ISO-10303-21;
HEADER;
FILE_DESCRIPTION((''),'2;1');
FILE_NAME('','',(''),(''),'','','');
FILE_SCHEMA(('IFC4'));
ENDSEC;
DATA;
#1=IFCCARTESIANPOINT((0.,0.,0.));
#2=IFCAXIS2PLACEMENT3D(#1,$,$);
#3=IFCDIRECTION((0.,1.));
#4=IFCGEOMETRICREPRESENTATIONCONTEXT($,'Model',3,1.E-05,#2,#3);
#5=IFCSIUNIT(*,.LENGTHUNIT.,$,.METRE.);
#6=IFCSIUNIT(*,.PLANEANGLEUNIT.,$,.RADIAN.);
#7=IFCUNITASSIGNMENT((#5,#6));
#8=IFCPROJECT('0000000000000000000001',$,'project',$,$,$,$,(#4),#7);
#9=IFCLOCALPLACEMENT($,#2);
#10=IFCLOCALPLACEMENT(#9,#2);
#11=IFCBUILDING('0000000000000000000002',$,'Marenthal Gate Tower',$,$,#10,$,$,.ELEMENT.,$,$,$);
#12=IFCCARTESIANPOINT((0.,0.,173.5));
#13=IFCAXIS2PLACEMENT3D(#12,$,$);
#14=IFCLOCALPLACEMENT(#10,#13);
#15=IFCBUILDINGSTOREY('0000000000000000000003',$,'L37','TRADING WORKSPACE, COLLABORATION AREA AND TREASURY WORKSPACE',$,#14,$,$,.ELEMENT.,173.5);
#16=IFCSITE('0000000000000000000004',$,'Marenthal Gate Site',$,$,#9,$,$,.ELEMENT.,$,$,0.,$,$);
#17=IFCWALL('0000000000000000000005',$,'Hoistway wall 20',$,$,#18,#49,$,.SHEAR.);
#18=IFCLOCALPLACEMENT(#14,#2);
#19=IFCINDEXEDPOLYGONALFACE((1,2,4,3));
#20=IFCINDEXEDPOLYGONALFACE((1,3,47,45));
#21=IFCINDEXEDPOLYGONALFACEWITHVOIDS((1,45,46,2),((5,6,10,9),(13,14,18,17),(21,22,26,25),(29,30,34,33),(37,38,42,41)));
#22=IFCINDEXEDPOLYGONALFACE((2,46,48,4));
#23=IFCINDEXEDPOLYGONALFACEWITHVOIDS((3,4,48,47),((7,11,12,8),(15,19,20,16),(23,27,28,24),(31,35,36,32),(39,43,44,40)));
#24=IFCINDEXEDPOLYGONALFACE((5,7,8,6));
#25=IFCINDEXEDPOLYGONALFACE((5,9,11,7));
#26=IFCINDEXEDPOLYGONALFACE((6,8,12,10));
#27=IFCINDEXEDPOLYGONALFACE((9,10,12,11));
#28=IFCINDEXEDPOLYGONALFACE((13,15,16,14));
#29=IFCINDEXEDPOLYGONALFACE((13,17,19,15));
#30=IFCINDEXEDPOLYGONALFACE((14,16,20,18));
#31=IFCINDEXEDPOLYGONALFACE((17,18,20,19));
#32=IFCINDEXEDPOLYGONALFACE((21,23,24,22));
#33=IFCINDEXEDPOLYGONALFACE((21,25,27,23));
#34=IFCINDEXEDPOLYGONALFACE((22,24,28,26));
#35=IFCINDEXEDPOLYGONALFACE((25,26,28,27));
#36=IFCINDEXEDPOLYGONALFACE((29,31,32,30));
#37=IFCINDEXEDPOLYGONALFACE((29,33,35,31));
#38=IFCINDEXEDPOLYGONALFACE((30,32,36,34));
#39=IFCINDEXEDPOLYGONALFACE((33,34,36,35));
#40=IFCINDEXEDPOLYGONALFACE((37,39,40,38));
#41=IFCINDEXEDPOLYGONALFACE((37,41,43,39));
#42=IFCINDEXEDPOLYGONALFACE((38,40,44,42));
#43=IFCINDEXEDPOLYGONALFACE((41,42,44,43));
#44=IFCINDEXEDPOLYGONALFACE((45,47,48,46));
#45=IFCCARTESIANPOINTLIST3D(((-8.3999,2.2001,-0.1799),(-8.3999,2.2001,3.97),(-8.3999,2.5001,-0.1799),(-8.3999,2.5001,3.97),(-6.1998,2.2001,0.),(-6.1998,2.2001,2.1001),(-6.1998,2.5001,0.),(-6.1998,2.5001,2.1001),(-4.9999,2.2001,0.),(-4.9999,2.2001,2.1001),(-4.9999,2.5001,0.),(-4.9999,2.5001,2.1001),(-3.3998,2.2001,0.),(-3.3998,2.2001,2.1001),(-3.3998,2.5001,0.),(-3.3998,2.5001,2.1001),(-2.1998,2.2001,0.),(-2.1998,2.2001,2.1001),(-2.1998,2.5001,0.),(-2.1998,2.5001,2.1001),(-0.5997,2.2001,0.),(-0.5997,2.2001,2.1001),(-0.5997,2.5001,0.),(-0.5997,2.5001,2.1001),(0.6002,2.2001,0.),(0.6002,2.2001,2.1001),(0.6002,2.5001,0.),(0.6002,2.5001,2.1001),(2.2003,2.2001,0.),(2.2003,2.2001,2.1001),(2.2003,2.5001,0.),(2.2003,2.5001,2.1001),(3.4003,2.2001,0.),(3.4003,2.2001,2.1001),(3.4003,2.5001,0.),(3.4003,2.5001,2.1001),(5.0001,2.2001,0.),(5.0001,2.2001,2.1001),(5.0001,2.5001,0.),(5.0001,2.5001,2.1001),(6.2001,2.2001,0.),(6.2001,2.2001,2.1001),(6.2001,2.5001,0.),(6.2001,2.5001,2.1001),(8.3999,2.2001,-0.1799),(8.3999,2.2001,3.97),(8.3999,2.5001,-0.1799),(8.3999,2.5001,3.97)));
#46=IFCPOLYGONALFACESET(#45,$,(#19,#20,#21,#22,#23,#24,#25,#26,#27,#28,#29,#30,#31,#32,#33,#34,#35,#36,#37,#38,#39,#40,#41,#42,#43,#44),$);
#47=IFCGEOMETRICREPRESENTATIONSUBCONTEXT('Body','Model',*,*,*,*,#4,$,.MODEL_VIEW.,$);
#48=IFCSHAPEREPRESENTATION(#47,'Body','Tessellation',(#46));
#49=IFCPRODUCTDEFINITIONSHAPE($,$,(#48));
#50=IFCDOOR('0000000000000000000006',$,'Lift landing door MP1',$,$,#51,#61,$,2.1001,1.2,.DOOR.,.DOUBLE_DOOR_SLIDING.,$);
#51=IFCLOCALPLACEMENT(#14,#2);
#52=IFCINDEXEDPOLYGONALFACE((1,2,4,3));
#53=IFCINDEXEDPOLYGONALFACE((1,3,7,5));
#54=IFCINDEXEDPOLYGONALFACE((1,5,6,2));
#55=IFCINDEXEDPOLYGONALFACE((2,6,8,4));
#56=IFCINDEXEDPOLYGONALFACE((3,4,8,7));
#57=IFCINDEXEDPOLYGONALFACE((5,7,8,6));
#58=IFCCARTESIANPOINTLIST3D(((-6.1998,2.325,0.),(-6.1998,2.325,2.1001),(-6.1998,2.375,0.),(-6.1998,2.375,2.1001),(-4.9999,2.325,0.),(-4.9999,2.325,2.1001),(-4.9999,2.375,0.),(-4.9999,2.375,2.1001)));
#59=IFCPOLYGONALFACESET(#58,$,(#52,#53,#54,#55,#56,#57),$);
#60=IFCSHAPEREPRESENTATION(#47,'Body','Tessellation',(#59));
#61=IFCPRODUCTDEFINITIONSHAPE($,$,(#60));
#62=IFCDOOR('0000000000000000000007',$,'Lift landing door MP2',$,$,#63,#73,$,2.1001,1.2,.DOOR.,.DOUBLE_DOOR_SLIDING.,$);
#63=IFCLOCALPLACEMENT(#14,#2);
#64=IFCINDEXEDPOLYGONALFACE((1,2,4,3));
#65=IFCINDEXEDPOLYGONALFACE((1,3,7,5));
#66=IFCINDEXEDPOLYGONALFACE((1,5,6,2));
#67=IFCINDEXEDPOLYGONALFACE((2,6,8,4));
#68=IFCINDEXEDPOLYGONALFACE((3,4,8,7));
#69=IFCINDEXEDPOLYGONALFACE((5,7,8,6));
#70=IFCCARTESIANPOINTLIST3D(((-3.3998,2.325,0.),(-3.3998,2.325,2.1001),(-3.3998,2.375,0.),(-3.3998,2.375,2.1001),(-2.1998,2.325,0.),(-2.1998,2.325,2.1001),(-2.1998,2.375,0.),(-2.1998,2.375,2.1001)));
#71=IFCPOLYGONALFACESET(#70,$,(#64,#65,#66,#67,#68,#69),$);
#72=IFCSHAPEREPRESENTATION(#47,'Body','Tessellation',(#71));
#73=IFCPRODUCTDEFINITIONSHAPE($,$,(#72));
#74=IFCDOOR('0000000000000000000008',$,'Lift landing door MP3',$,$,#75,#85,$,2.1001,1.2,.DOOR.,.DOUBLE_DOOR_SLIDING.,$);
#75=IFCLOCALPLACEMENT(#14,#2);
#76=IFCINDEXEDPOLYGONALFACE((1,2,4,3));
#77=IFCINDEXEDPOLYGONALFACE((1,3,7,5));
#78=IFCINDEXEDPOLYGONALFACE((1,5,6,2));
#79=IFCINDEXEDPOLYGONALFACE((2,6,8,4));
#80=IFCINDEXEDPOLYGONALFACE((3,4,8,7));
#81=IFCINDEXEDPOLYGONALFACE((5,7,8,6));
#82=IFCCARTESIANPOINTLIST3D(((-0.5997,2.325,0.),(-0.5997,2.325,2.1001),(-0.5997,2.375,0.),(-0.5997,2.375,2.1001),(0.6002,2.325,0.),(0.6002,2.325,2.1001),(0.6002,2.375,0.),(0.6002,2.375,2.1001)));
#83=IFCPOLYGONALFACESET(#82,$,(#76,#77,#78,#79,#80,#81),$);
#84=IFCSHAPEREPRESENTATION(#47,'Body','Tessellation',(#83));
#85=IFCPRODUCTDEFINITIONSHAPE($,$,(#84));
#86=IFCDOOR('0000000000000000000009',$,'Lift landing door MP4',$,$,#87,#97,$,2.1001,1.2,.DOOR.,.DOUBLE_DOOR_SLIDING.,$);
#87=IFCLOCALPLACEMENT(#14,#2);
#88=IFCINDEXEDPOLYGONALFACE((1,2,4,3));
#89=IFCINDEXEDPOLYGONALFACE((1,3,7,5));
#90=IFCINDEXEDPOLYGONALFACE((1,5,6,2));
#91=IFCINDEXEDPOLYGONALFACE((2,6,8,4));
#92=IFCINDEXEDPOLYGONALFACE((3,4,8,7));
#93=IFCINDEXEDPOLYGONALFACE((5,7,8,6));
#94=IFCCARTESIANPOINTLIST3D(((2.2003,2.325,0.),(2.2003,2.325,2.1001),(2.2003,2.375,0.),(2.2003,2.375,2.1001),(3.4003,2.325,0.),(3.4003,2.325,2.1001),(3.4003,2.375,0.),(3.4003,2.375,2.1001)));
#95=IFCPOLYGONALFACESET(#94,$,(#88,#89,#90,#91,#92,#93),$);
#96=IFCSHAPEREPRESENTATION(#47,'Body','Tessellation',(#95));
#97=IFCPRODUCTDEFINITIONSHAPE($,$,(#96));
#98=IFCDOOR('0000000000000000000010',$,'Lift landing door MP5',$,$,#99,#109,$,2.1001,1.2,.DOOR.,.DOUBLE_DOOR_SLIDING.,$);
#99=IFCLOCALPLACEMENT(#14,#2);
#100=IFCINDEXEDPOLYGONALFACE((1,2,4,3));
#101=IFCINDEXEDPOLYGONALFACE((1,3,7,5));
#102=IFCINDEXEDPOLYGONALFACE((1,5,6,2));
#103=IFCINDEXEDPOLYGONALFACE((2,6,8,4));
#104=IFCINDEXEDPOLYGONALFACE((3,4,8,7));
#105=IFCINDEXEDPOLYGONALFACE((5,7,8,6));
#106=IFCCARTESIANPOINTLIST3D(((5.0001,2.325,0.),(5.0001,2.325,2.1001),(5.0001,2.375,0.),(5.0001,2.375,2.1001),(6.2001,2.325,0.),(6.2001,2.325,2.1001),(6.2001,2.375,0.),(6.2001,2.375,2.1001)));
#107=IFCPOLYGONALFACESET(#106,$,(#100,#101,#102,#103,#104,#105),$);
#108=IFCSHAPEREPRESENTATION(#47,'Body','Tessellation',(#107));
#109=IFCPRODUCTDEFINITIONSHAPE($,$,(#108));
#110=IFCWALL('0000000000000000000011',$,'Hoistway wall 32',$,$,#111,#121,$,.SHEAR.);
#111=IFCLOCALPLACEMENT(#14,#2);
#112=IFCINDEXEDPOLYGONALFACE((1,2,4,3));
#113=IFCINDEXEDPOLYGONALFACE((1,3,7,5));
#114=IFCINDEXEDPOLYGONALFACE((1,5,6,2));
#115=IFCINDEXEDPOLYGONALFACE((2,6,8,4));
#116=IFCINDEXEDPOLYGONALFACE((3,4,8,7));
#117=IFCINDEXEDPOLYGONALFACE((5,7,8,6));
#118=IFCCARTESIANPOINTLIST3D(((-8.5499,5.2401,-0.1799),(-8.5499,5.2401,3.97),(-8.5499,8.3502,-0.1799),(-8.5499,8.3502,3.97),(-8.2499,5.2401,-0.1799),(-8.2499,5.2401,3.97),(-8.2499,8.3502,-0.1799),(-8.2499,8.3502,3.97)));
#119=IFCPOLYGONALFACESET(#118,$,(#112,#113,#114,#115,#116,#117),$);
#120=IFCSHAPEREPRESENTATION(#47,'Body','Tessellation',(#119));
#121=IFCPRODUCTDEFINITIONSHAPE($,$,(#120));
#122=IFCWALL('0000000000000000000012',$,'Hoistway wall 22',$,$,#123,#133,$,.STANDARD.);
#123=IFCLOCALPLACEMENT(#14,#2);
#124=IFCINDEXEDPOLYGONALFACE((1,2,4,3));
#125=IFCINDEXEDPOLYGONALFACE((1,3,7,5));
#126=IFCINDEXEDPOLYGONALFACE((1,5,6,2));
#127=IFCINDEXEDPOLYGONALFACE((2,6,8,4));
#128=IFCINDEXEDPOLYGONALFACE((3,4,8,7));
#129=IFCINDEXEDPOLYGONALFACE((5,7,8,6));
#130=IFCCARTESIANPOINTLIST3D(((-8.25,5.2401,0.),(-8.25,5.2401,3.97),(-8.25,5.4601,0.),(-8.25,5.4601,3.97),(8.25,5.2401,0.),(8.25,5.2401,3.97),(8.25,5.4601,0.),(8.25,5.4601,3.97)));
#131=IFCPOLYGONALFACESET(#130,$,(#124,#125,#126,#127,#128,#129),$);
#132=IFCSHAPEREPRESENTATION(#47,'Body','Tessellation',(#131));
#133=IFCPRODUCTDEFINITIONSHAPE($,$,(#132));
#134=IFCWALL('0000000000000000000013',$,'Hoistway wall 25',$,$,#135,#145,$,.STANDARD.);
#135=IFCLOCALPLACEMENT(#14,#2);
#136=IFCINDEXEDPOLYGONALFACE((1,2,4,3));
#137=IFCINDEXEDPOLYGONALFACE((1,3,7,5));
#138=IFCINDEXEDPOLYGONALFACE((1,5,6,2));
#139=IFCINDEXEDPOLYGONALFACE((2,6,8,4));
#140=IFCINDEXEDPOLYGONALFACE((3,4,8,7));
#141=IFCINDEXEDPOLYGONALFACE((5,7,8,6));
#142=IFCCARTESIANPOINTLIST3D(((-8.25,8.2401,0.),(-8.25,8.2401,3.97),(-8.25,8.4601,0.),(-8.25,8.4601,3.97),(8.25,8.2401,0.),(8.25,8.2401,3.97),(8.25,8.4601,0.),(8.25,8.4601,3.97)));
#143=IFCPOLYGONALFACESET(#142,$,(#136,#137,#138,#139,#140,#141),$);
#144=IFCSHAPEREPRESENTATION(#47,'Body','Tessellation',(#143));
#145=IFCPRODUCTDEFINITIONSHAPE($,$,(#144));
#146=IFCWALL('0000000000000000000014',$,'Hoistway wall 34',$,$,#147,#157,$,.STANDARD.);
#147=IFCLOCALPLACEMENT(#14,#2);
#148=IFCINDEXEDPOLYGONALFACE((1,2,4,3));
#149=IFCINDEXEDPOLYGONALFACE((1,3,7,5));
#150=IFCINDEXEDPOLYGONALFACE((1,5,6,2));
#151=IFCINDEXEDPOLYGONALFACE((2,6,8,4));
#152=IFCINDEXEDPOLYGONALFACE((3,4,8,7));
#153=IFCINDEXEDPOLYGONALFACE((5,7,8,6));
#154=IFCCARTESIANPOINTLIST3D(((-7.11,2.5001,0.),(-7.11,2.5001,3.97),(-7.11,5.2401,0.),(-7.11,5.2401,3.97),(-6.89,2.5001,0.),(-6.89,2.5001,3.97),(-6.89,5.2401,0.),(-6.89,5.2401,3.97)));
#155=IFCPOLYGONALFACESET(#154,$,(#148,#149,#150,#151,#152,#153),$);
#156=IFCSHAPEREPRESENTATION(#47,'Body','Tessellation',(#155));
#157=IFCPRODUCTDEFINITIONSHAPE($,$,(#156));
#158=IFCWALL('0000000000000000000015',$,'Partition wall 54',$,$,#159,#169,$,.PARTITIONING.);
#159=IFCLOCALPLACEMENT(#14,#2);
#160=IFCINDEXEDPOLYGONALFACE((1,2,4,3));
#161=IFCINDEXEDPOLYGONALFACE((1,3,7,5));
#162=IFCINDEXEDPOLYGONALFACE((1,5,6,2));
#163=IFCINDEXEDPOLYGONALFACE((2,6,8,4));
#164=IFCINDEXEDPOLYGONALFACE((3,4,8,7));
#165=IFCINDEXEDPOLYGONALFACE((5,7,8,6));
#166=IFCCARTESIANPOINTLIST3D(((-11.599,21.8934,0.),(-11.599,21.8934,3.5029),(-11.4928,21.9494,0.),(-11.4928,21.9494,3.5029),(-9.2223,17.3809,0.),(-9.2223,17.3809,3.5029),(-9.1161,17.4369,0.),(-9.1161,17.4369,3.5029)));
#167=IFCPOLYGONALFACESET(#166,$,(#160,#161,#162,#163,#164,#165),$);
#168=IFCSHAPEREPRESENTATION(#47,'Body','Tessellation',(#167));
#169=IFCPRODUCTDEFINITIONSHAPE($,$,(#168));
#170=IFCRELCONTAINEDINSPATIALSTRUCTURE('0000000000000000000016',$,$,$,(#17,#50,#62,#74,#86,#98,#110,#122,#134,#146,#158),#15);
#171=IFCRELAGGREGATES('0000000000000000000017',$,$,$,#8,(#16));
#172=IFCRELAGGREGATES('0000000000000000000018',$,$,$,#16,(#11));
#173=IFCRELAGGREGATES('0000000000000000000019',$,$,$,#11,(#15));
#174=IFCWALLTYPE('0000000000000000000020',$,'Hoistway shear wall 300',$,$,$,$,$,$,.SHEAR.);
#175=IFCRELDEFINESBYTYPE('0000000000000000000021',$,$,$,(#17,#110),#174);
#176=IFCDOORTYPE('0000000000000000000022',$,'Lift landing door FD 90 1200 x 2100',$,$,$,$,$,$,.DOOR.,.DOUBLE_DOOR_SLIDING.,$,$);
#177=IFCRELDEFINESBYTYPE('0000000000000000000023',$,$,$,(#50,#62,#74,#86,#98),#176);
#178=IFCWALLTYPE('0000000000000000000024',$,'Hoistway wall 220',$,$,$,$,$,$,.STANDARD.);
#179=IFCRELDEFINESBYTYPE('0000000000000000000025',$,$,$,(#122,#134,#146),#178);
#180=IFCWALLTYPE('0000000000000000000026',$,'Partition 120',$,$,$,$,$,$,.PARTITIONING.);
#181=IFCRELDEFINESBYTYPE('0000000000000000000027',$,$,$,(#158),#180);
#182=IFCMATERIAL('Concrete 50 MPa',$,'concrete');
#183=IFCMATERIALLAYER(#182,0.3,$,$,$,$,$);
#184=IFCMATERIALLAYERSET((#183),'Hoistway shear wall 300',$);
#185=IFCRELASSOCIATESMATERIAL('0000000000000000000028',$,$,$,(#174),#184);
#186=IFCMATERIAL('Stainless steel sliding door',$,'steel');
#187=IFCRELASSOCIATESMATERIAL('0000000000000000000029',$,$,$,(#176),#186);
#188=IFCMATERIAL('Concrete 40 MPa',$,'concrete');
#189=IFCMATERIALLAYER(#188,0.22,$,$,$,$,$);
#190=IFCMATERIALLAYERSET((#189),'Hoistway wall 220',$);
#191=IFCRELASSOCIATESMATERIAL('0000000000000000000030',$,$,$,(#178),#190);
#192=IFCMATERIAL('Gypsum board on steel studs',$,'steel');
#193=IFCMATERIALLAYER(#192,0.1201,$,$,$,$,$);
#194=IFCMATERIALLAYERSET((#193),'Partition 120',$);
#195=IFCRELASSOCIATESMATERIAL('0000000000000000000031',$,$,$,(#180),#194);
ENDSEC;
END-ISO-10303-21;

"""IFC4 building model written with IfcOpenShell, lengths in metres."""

from ifc_helpers import new_model, si_unit, direction, frame, frame_2d, origin, place, context, subcontext, project, spatial, rectangle, extrude, material, layer, layer_set, type_object, element, fill, save


model = new_model("IFC4")

# Units and contexts
model_context = context("Model", 3, precision=1e-05, world=origin(), true_north=direction((0.0, 1.0)))
body_context = subcontext(model_context, "Body", "Model", "MODEL_VIEW")
ifc_project = project(units=[si_unit("LENGTHUNIT", "METRE"), si_unit("PLANEANGLEUNIT", "RADIAN")], contexts=[model_context])

# Site, building, storey
site_placement = place(None, origin())
site = spatial("IfcSite", under=ifc_project, at=site_placement, Name="Marenthal Gate Site", CompositionType="ELEMENT", RefElevation=0.0)
building_placement = place(site_placement, origin())
building = spatial("IfcBuilding", under=site, at=building_placement, Name="Marenthal Gate Tower", CompositionType="ELEMENT")
storey_placement = place(building_placement, frame((0.0, 0.0, 173.5)))
storey = spatial("IfcBuildingStorey", under=building, at=storey_placement, Name="L37", Description="TRADING WORKSPACE, COLLABORATION AREA AND TREASURY WORKSPACE", CompositionType="ELEMENT", Elevation=173.5)

# Wall, openings, doors
ifc_material_1 = material(Name="Concrete 50 MPa", Category="concrete")
ifc_layer_1 = layer(ifc_material_1, 0.3)
ifc_layer_set_1 = layer_set([ifc_layer_1], Name="Hoistway shear wall 300")
wall_type_1 = type_object("IfcWallType", Name="Hoistway shear wall 300", PredefinedType="SHEAR", material=ifc_layer_set_1)
wall_1_placement = place(storey_placement, frame((-8.3999, 2.3501, -0.1799), z_axis=(0.0, 0.0, 1.0), x_axis=(1.0, 0.0, 0.0)))
wall_1 = element("IfcWall", 1, at=wall_1_placement, inside=storey, type_object=wall_type_1, Name="Hoistway wall 20", PredefinedType="SHEAR", context=body_context, shape_type="SweptSolid", body=[
    extrude(rectangle(XDim=16.7998, YDim=0.3, at=frame_2d((8.3999, 0.0))), origin(), (0.0, 0.0, 1.0), 4.1499),
])
opening_1_placement = place(wall_1_placement, frame((2.2, 0.0, 0.1799)))
opening_1 = element("IfcOpeningElement", 2, at=opening_1_placement, cuts=wall_1, PredefinedType="OPENING", context=body_context, shape_type="SweptSolid", body=[
    extrude(rectangle(XDim=1.2, YDim=2.1001, at=frame_2d((0.6001, 1.05))), frame((0.0, 0.1602, 0.0), z_axis=(0.0, -1.0, 0.0), x_axis=(1.0, 0.0, 0.0)), (0.0, 0.0, 1.0), 0.3201),
])
opening_2_placement = place(wall_1_placement, frame((5.0, 0.0, 0.1799)))
opening_2 = element("IfcOpeningElement", 3, at=opening_2_placement, cuts=wall_1, PredefinedType="OPENING", context=body_context, shape_type="SweptSolid", body=[
    extrude(rectangle(XDim=1.2, YDim=2.1001, at=frame_2d((0.6001, 1.05))), frame((0.0, 0.1602, 0.0), z_axis=(0.0, -1.0, 0.0), x_axis=(1.0, 0.0, 0.0)), (0.0, 0.0, 1.0), 0.3201),
])
opening_3_placement = place(wall_1_placement, frame((7.8, 0.0, 0.1799)))
opening_3 = element("IfcOpeningElement", 4, at=opening_3_placement, cuts=wall_1, PredefinedType="OPENING", context=body_context, shape_type="SweptSolid", body=[
    extrude(rectangle(XDim=1.2, YDim=2.1001, at=frame_2d((0.6001, 1.05))), frame((0.0, 0.1602, 0.0), z_axis=(0.0, -1.0, 0.0), x_axis=(1.0, 0.0, 0.0)), (0.0, 0.0, 1.0), 0.3201),
])
opening_4_placement = place(wall_1_placement, frame((10.6001, 0.0, 0.1799)))
opening_4 = element("IfcOpeningElement", 5, at=opening_4_placement, cuts=wall_1, PredefinedType="OPENING", context=body_context, shape_type="SweptSolid", body=[
    extrude(rectangle(XDim=1.2, YDim=2.1001, at=frame_2d((0.6001, 1.05))), frame((0.0, 0.1602, 0.0), z_axis=(0.0, -1.0, 0.0), x_axis=(1.0, 0.0, 0.0)), (0.0, 0.0, 1.0), 0.3201),
])
opening_5_placement = place(wall_1_placement, frame((13.3999, 0.0, 0.1799)))
opening_5 = element("IfcOpeningElement", 6, at=opening_5_placement, cuts=wall_1, PredefinedType="OPENING", context=body_context, shape_type="SweptSolid", body=[
    extrude(rectangle(XDim=1.2, YDim=2.1001, at=frame_2d((0.6001, 1.05))), frame((0.0, 0.1602, 0.0), z_axis=(0.0, -1.0, 0.0), x_axis=(1.0, 0.0, 0.0)), (0.0, 0.0, 1.0), 0.3201),
])
ifc_material_2 = material(Name="Stainless steel sliding door", Category="steel")
door_type = type_object("IfcDoorType", Name="Lift landing door FD 90 1200 x 2100", OperationType="DOUBLE_DOOR_SLIDING", PredefinedType="DOOR", material=ifc_material_2)
door_1_placement = place(opening_1_placement, origin())
door_1 = element("IfcDoor", 7, at=door_1_placement, inside=storey, type_object=door_type, Name="Lift landing door MP1", OperationType="DOUBLE_DOOR_SLIDING", OverallHeight=2.1001, OverallWidth=1.2, PredefinedType="DOOR", context=body_context, shape_type="SweptSolid", body=[
    extrude(rectangle(XDim=1.2, YDim=2.1001, at=frame_2d((0.6001, 1.05))), frame((0.0, 0.0249, 0.0), z_axis=(0.0, -1.0, 0.0), x_axis=(1.0, 0.0, 0.0)), (0.0, 0.0, 1.0), 0.05),
])
fill(opening_1, door_1)
door_2_placement = place(opening_2_placement, origin())
door_2 = element("IfcDoor", 8, at=door_2_placement, inside=storey, type_object=door_type, Name="Lift landing door MP2", OperationType="DOUBLE_DOOR_SLIDING", OverallHeight=2.1001, OverallWidth=1.2, PredefinedType="DOOR", context=body_context, shape_type="SweptSolid", body=[
    extrude(rectangle(XDim=1.2, YDim=2.1001, at=frame_2d((0.6001, 1.05))), frame((0.0, 0.0249, 0.0), z_axis=(0.0, -1.0, 0.0), x_axis=(1.0, 0.0, 0.0)), (0.0, 0.0, 1.0), 0.05),
])
fill(opening_2, door_2)
door_3_placement = place(opening_3_placement, origin())
door_3 = element("IfcDoor", 9, at=door_3_placement, inside=storey, type_object=door_type, Name="Lift landing door MP3", OperationType="DOUBLE_DOOR_SLIDING", OverallHeight=2.1001, OverallWidth=1.2, PredefinedType="DOOR", context=body_context, shape_type="SweptSolid", body=[
    extrude(rectangle(XDim=1.2, YDim=2.1001, at=frame_2d((0.6001, 1.05))), frame((0.0, 0.0249, 0.0), z_axis=(0.0, -1.0, 0.0), x_axis=(1.0, 0.0, 0.0)), (0.0, 0.0, 1.0), 0.05),
])
fill(opening_3, door_3)
door_4_placement = place(opening_4_placement, origin())
door_4 = element("IfcDoor", 10, at=door_4_placement, inside=storey, type_object=door_type, Name="Lift landing door MP4", OperationType="DOUBLE_DOOR_SLIDING", OverallHeight=2.1001, OverallWidth=1.2, PredefinedType="DOOR", context=body_context, shape_type="SweptSolid", body=[
    extrude(rectangle(XDim=1.2, YDim=2.1001, at=frame_2d((0.6001, 1.05))), frame((0.0, 0.0249, 0.0), z_axis=(0.0, -1.0, 0.0), x_axis=(1.0, 0.0, 0.0)), (0.0, 0.0, 1.0), 0.05),
])
fill(opening_4, door_4)
door_5_placement = place(opening_5_placement, origin())
door_5 = element("IfcDoor", 11, at=door_5_placement, inside=storey, type_object=door_type, Name="Lift landing door MP5", OperationType="DOUBLE_DOOR_SLIDING", OverallHeight=2.1001, OverallWidth=1.2, PredefinedType="DOOR", context=body_context, shape_type="SweptSolid", body=[
    extrude(rectangle(XDim=1.2, YDim=2.1001, at=frame_2d((0.6001, 1.05))), frame((0.0, 0.0249, 0.0), z_axis=(0.0, -1.0, 0.0), x_axis=(1.0, 0.0, 0.0)), (0.0, 0.0, 1.0), 0.05),
])
fill(opening_5, door_5)

# Walls
wall_2_placement = place(storey_placement, frame((-8.3999, 5.24, -0.1799), z_axis=(0.0, 0.0, 1.0), x_axis=(0.0, 1.0, 0.0)))
element("IfcWall", 12, at=wall_2_placement, inside=storey, type_object=wall_type_1, Name="Hoistway wall 32", PredefinedType="SHEAR", context=body_context, shape_type="SweptSolid", body=[
    extrude(rectangle(XDim=3.1101, YDim=0.3, at=frame_2d((1.5552, 0.0))), origin(), (0.0, 0.0, 1.0), 4.1499),
])
ifc_material_3 = material(Name="Concrete 40 MPa", Category="concrete")
ifc_layer_2 = layer(ifc_material_3, 0.22)
ifc_layer_set_2 = layer_set([ifc_layer_2], Name="Hoistway wall 220")
wall_type_2 = type_object("IfcWallType", Name="Hoistway wall 220", PredefinedType="STANDARD", material=ifc_layer_set_2)
for number, where, z_axis, x_axis, name in (
    (13, (-8.25, 5.3501, 0.0), (0.0, 0.0, 1.0), (1.0, 0.0, 0.0), "Hoistway wall 22"),
    (14, (-8.25, 8.3501, 0.0), (0.0, 0.0, 1.0), (1.0, 0.0, 0.0), "Hoistway wall 25"),
):
    element("IfcWall", number, at=place(storey_placement, frame(where, z_axis=z_axis, x_axis=x_axis)), inside=storey, type_object=wall_type_2, Name=name, PredefinedType="STANDARD", context=body_context, shape_type="SweptSolid", body=[
        extrude(rectangle(XDim=16.5, YDim=0.22, at=frame_2d((8.25, 0.0))), origin(), (0.0, 0.0, 1.0), 3.97),
    ])
wall_3_placement = place(storey_placement, frame((-7.0, 2.5, 0.0), z_axis=(0.0, 0.0, 1.0), x_axis=(0.0, 1.0, 0.0)))
element("IfcWall", 15, at=wall_3_placement, inside=storey, type_object=wall_type_2, Name="Hoistway wall 34", PredefinedType="STANDARD", context=body_context, shape_type="SweptSolid", body=[
    extrude(rectangle(XDim=2.74, YDim=0.22, at=frame_2d((1.3701, 0.0))), origin(), (0.0, 0.0, 1.0), 3.97),
])
ifc_material_4 = material(Name="Gypsum board on steel studs", Category="steel")
ifc_layer_3 = layer(ifc_material_4, 0.1201)
ifc_layer_set_3 = layer_set([ifc_layer_3], Name="Partition 120")
wall_type_3 = type_object("IfcWallType", Name="Partition 120", PredefinedType="PARTITIONING", material=ifc_layer_set_3)
wall_4_placement = place(storey_placement, frame((-9.1692, 17.4089, 0.0), z_axis=(0.0, 0.0, 1.0), x_axis=(-0.466013, 0.884778, 0.0)))
element("IfcWall", 16, at=wall_4_placement, inside=storey, type_object=wall_type_3, Name="Partition wall 54", PredefinedType="PARTITIONING", context=body_context, shape_type="SweptSolid", body=[
    extrude(rectangle(XDim=5.1001, YDim=0.1201, at=frame_2d((2.55, 0.0))), origin(), (0.0, 0.0, 1.0), 3.5029),
])

save(model, "model.ifc")
